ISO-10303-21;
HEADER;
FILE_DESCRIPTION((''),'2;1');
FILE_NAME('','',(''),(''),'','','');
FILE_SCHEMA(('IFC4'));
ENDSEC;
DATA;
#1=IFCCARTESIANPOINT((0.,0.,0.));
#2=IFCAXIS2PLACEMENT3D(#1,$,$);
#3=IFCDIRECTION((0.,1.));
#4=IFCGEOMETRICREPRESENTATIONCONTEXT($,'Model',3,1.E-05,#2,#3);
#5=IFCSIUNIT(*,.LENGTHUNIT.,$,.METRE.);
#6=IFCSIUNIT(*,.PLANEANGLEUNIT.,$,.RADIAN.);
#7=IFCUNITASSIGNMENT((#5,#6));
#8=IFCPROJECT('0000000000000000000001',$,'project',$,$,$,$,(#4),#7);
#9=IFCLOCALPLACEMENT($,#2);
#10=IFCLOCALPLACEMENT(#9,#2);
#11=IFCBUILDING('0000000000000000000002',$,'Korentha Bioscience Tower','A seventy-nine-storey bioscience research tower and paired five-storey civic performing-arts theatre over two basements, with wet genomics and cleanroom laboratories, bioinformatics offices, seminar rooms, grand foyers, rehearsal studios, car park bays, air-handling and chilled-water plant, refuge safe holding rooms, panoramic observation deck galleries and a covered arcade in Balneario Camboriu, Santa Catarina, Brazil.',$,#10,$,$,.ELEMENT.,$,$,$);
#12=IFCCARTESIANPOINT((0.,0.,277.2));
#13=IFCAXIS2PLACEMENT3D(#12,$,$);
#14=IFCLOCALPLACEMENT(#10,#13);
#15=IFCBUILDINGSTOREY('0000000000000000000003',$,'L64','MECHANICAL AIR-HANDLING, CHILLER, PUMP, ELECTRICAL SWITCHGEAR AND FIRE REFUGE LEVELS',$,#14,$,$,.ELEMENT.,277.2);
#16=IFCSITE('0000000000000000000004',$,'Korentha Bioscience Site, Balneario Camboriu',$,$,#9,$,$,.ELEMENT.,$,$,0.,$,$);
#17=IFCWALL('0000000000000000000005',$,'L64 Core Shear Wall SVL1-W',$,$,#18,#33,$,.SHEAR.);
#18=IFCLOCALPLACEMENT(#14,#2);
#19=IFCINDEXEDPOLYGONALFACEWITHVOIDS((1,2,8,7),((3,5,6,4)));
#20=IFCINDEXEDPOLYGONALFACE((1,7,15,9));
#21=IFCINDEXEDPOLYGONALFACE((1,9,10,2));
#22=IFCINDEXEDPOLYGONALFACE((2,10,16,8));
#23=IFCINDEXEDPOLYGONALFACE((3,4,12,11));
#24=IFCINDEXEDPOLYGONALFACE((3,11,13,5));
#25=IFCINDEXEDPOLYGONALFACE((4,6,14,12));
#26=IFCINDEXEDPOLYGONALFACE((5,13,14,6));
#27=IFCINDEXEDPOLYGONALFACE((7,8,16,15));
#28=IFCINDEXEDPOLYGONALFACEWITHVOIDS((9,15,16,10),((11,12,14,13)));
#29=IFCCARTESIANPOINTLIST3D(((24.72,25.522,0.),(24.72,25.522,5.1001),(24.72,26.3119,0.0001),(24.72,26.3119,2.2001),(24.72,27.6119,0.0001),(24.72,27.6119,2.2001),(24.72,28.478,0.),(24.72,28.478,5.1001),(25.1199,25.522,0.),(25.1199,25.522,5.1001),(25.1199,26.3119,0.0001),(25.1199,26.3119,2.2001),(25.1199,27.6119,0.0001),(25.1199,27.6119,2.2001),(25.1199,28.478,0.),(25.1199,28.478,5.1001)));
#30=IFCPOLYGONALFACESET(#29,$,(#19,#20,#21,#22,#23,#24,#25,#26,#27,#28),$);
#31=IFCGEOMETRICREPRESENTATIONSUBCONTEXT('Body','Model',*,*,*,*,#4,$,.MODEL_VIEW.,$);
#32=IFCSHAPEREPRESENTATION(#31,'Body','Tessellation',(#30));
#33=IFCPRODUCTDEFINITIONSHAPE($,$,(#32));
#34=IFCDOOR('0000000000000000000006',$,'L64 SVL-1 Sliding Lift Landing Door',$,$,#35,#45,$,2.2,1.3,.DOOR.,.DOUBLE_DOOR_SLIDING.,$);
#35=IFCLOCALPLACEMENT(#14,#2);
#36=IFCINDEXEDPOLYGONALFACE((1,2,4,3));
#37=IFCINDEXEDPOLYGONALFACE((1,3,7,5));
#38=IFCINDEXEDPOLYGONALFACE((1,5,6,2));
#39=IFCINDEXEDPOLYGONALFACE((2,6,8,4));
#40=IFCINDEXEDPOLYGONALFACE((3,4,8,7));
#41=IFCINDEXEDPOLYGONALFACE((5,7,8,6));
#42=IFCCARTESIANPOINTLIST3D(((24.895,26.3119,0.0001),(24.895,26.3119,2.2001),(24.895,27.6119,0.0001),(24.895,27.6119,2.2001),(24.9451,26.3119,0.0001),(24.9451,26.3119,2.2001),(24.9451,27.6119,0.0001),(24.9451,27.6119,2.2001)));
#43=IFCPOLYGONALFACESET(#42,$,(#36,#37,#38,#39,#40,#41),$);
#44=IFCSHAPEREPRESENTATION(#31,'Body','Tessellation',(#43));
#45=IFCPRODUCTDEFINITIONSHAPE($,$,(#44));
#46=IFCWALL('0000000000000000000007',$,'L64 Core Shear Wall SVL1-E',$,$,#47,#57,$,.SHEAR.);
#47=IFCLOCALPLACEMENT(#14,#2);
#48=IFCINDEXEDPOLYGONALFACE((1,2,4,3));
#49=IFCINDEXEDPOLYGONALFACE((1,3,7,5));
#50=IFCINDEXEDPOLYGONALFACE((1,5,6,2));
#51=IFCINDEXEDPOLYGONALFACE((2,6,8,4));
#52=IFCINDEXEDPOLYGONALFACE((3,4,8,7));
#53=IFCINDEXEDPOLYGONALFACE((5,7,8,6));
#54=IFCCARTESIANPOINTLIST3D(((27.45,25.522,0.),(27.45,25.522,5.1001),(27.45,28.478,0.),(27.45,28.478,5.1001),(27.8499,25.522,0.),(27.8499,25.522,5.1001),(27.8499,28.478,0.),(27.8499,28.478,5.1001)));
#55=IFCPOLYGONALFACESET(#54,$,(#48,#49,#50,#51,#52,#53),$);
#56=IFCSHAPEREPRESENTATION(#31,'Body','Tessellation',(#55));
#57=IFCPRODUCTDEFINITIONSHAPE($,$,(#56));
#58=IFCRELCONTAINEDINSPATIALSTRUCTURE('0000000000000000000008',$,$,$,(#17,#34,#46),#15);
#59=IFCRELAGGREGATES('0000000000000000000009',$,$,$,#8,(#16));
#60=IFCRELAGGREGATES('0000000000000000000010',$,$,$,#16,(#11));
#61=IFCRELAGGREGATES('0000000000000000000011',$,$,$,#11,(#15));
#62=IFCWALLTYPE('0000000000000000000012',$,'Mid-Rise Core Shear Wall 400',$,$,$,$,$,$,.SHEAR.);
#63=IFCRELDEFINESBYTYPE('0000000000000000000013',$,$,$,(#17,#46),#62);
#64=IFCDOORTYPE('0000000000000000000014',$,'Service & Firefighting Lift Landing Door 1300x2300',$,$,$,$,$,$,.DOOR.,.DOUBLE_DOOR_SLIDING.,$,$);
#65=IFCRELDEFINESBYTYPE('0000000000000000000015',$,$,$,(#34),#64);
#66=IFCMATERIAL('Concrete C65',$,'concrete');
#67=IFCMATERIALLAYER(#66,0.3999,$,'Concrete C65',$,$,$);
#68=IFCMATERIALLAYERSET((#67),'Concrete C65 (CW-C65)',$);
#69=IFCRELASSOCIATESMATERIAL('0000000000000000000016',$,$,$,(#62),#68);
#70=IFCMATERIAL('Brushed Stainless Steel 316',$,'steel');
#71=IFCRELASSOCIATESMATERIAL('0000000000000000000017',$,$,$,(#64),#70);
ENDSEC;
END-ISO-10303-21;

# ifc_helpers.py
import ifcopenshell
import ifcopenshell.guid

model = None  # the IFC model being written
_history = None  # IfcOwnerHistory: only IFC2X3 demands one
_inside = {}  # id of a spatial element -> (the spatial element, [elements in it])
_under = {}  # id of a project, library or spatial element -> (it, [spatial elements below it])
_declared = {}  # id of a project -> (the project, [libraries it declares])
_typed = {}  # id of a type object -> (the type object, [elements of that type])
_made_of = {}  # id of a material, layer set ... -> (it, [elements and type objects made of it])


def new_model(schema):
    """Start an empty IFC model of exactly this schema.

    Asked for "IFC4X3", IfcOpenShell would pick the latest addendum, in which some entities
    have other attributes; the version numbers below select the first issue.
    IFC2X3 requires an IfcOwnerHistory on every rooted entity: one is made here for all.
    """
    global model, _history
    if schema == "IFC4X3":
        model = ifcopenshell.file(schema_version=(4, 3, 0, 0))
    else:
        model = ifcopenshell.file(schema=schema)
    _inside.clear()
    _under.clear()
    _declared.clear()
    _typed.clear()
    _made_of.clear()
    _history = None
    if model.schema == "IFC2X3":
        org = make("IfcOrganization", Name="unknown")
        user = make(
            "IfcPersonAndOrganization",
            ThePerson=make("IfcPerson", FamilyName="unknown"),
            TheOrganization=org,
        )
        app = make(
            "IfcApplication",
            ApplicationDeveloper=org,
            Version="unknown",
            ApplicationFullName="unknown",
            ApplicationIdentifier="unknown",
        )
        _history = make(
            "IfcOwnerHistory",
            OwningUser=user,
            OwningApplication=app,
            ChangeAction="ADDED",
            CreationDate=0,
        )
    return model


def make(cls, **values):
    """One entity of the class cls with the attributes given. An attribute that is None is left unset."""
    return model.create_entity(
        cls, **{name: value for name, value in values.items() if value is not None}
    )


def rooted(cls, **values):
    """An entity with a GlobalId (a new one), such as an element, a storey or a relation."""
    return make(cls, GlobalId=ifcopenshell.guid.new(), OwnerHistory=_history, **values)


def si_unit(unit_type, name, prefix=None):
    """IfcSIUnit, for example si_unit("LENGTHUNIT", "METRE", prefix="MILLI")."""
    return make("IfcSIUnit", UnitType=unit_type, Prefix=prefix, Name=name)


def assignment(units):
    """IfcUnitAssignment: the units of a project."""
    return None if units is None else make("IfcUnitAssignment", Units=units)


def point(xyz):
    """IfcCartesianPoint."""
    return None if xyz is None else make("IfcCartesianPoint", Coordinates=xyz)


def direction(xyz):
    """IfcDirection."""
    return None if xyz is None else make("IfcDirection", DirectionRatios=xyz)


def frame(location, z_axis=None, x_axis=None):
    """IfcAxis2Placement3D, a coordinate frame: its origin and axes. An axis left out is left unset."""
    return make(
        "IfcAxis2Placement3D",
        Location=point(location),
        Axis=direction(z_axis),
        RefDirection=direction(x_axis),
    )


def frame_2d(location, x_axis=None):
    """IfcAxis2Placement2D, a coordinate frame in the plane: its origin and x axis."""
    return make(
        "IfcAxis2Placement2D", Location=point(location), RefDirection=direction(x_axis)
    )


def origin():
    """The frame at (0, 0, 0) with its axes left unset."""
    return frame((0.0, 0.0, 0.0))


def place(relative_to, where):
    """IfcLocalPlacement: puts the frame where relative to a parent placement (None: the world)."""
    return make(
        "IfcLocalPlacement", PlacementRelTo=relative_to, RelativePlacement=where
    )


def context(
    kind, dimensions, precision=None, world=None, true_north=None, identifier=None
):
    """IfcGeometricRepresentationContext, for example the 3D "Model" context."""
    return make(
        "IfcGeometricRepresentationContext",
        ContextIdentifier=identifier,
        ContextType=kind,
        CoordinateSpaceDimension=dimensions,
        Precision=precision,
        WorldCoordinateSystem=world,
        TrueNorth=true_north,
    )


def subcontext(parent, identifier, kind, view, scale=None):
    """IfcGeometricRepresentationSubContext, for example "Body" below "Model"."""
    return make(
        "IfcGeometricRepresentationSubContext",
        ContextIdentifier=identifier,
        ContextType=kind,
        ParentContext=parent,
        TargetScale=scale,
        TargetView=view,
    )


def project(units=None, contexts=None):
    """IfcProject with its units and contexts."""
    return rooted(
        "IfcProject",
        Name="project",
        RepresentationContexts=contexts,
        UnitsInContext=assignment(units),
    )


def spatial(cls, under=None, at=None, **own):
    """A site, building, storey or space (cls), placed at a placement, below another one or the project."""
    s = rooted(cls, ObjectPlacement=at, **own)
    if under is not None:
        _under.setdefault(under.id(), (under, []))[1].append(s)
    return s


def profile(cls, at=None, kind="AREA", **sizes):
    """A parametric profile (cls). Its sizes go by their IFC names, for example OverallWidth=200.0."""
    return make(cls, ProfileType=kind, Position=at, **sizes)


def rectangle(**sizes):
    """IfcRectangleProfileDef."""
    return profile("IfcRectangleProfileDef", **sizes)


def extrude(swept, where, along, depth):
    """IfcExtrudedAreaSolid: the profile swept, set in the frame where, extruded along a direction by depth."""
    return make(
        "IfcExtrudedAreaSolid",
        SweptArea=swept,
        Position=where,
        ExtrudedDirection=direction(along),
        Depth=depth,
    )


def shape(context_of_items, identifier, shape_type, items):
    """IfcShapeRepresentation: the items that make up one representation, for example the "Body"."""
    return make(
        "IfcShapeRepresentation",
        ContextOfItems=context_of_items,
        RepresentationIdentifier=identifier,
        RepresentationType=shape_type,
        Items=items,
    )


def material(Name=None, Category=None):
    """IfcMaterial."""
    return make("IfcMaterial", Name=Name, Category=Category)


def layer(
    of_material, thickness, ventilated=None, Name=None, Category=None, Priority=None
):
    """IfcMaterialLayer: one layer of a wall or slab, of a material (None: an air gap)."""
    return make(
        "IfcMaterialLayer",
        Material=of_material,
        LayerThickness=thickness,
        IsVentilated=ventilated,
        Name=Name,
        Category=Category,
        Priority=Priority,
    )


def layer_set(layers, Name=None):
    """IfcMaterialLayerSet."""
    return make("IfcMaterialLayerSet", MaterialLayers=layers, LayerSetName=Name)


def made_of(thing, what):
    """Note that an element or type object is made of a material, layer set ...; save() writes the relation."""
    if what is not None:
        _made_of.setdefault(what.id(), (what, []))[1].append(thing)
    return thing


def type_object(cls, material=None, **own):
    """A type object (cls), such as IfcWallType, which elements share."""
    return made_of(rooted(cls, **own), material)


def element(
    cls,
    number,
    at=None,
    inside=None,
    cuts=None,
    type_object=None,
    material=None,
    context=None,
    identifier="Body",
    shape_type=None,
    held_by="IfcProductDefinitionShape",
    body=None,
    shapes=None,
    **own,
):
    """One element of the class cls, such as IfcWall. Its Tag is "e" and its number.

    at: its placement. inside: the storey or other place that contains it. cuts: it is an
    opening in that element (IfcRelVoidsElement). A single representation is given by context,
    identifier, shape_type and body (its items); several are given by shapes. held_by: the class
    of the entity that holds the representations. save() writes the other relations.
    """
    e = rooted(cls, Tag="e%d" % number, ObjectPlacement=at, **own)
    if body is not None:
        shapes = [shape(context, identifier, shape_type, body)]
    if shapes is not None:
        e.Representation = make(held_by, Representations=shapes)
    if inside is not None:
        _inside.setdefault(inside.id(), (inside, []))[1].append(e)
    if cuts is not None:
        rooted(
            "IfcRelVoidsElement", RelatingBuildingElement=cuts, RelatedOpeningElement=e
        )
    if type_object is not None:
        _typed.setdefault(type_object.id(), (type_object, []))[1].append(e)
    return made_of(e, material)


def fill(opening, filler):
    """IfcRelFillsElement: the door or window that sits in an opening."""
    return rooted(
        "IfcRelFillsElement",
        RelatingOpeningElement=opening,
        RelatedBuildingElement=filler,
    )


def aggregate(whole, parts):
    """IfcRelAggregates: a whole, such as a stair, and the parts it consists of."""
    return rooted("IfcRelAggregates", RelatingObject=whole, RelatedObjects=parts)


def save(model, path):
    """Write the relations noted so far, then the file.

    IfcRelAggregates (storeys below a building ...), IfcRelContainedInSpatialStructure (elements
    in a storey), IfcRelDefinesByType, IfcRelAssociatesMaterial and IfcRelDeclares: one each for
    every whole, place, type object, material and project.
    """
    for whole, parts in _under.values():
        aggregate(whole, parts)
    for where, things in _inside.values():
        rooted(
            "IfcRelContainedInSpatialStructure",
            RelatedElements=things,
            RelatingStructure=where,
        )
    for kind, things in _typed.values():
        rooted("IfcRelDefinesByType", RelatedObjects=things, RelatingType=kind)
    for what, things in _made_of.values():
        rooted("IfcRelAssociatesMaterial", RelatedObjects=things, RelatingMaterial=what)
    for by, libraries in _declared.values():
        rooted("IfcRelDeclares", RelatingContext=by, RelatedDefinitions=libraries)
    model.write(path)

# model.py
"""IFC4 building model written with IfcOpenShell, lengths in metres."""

from ifc_helpers import new_model, si_unit, direction, frame, frame_2d, origin, place, context, subcontext, project, spatial, rectangle, extrude, material, layer, layer_set, type_object, element, fill, save


model = new_model("IFC4")

# Units and contexts
model_context = context("Model", 3, precision=1e-05, world=origin(), true_north=direction((0.0, 1.0)))
body_context = subcontext(model_context, "Body", "Model", "MODEL_VIEW")
ifc_project = project(units=[si_unit("LENGTHUNIT", "METRE"), si_unit("PLANEANGLEUNIT", "RADIAN")], contexts=[model_context])

# Site, building, storey
site_placement = place(None, origin())
site = spatial("IfcSite", under=ifc_project, at=site_placement, Name="Korentha Bioscience Site, Balneario Camboriu", CompositionType="ELEMENT", RefElevation=0.0)
building_placement = place(site_placement, origin())
building = spatial("IfcBuilding", under=site, at=building_placement, Name="Korentha Bioscience Tower", Description="A seventy-nine-storey bioscience research tower and paired five-storey civic performing-arts theatre over two basements, with wet genomics and cleanroom laboratories, bioinformatics offices, seminar rooms, grand foyers, rehearsal studios, car park bays, air-handling and chilled-water plant, refuge safe holding rooms, panoramic observation deck galleries and a covered arcade in Balneario Camboriu, Santa Catarina, Brazil.", CompositionType="ELEMENT")
storey_placement = place(building_placement, frame((0.0, 0.0, 277.2)))
storey = spatial("IfcBuildingStorey", under=building, at=storey_placement, Name="L64", Description="MECHANICAL AIR-HANDLING, CHILLER, PUMP, ELECTRICAL SWITCHGEAR AND FIRE REFUGE LEVELS", CompositionType="ELEMENT", Elevation=277.2)

# Shared definitions
ifc_material_1 = material(Name="Concrete C65", Category="concrete")

# Shared definitions
ifc_layer_1 = layer(ifc_material_1, 0.3999, Name="Concrete C65")
ifc_layer_set_1 = layer_set([ifc_layer_1], Name="Concrete C65 (CW-C65)")
wall_type_1 = type_object("IfcWallType", Name="Mid-Rise Core Shear Wall 400", PredefinedType="SHEAR", material=ifc_layer_set_1)

# Shared definitions
ifc_material_2 = material(Name="Brushed Stainless Steel 316", Category="steel")
door_type_1 = type_object("IfcDoorType", Name="Service & Firefighting Lift Landing Door 1300x2300", OperationType="DOUBLE_DOOR_SLIDING", PredefinedType="DOOR", material=ifc_material_2)

# Wall, opening, door
wall_1_placement = place(storey_placement, frame((24.9199, 25.522, 0.0), z_axis=(0.0, 0.0, 1.0), x_axis=(0.0, 1.0, 0.0)))
wall_1 = element("IfcWall", 1, at=wall_1_placement, inside=storey, type_object=wall_type_1, Name="L64 Core Shear Wall SVL1-W", PredefinedType="SHEAR", context=body_context, shape_type="SweptSolid", body=[
    extrude(rectangle(XDim=2.9561, YDim=0.3999, at=frame_2d((1.478, 0.0))), origin(), (0.0, 0.0, 1.0), 5.1001),
])
opening_1_placement = place(wall_1_placement, frame((0.79, 0.0, 0.0)))
opening_1 = element("IfcOpeningElement", 2, at=opening_1_placement, cuts=wall_1, PredefinedType="OPENING", context=body_context, shape_type="SweptSolid", body=[
    extrude(rectangle(XDim=1.3, YDim=2.2, at=frame_2d((0.6499, 1.1001))), frame((0.0, 0.2148, 0.0), z_axis=(0.0, -1.0, 0.0), x_axis=(1.0, 0.0, 0.0)), (0.0, 0.0, 1.0), 0.4297),
])
door_1_placement = place(opening_1_placement, origin())
door_1 = element("IfcDoor", 3, at=door_1_placement, inside=storey, type_object=door_type_1, Name="L64 SVL-1 Sliding Lift Landing Door", OperationType="DOUBLE_DOOR_SLIDING", OverallHeight=2.2, OverallWidth=1.3, PredefinedType="DOOR", context=body_context, shape_type="SweptSolid", body=[
    extrude(rectangle(XDim=1.3, YDim=2.2, at=frame_2d((0.6499, 1.1001))), frame((0.0, 0.0249, 0.0), z_axis=(0.0, -1.0, 0.0), x_axis=(1.0, 0.0, 0.0)), (0.0, 0.0, 1.0), 0.05),
])
fill(opening_1, door_1)

# Wall
wall_2_placement = place(storey_placement, frame((27.6499, 25.522, 0.0), z_axis=(0.0, 0.0, 1.0), x_axis=(0.0, 1.0, 0.0)))
element("IfcWall", 4, at=wall_2_placement, inside=storey, type_object=wall_type_1, Name="L64 Core Shear Wall SVL1-E", PredefinedType="SHEAR", context=body_context, shape_type="SweptSolid", body=[
    extrude(rectangle(XDim=2.9561, YDim=0.3999, at=frame_2d((1.478, 0.0))), origin(), (0.0, 0.0, 1.0), 5.1001),
])

save(model, "model.ifc")
